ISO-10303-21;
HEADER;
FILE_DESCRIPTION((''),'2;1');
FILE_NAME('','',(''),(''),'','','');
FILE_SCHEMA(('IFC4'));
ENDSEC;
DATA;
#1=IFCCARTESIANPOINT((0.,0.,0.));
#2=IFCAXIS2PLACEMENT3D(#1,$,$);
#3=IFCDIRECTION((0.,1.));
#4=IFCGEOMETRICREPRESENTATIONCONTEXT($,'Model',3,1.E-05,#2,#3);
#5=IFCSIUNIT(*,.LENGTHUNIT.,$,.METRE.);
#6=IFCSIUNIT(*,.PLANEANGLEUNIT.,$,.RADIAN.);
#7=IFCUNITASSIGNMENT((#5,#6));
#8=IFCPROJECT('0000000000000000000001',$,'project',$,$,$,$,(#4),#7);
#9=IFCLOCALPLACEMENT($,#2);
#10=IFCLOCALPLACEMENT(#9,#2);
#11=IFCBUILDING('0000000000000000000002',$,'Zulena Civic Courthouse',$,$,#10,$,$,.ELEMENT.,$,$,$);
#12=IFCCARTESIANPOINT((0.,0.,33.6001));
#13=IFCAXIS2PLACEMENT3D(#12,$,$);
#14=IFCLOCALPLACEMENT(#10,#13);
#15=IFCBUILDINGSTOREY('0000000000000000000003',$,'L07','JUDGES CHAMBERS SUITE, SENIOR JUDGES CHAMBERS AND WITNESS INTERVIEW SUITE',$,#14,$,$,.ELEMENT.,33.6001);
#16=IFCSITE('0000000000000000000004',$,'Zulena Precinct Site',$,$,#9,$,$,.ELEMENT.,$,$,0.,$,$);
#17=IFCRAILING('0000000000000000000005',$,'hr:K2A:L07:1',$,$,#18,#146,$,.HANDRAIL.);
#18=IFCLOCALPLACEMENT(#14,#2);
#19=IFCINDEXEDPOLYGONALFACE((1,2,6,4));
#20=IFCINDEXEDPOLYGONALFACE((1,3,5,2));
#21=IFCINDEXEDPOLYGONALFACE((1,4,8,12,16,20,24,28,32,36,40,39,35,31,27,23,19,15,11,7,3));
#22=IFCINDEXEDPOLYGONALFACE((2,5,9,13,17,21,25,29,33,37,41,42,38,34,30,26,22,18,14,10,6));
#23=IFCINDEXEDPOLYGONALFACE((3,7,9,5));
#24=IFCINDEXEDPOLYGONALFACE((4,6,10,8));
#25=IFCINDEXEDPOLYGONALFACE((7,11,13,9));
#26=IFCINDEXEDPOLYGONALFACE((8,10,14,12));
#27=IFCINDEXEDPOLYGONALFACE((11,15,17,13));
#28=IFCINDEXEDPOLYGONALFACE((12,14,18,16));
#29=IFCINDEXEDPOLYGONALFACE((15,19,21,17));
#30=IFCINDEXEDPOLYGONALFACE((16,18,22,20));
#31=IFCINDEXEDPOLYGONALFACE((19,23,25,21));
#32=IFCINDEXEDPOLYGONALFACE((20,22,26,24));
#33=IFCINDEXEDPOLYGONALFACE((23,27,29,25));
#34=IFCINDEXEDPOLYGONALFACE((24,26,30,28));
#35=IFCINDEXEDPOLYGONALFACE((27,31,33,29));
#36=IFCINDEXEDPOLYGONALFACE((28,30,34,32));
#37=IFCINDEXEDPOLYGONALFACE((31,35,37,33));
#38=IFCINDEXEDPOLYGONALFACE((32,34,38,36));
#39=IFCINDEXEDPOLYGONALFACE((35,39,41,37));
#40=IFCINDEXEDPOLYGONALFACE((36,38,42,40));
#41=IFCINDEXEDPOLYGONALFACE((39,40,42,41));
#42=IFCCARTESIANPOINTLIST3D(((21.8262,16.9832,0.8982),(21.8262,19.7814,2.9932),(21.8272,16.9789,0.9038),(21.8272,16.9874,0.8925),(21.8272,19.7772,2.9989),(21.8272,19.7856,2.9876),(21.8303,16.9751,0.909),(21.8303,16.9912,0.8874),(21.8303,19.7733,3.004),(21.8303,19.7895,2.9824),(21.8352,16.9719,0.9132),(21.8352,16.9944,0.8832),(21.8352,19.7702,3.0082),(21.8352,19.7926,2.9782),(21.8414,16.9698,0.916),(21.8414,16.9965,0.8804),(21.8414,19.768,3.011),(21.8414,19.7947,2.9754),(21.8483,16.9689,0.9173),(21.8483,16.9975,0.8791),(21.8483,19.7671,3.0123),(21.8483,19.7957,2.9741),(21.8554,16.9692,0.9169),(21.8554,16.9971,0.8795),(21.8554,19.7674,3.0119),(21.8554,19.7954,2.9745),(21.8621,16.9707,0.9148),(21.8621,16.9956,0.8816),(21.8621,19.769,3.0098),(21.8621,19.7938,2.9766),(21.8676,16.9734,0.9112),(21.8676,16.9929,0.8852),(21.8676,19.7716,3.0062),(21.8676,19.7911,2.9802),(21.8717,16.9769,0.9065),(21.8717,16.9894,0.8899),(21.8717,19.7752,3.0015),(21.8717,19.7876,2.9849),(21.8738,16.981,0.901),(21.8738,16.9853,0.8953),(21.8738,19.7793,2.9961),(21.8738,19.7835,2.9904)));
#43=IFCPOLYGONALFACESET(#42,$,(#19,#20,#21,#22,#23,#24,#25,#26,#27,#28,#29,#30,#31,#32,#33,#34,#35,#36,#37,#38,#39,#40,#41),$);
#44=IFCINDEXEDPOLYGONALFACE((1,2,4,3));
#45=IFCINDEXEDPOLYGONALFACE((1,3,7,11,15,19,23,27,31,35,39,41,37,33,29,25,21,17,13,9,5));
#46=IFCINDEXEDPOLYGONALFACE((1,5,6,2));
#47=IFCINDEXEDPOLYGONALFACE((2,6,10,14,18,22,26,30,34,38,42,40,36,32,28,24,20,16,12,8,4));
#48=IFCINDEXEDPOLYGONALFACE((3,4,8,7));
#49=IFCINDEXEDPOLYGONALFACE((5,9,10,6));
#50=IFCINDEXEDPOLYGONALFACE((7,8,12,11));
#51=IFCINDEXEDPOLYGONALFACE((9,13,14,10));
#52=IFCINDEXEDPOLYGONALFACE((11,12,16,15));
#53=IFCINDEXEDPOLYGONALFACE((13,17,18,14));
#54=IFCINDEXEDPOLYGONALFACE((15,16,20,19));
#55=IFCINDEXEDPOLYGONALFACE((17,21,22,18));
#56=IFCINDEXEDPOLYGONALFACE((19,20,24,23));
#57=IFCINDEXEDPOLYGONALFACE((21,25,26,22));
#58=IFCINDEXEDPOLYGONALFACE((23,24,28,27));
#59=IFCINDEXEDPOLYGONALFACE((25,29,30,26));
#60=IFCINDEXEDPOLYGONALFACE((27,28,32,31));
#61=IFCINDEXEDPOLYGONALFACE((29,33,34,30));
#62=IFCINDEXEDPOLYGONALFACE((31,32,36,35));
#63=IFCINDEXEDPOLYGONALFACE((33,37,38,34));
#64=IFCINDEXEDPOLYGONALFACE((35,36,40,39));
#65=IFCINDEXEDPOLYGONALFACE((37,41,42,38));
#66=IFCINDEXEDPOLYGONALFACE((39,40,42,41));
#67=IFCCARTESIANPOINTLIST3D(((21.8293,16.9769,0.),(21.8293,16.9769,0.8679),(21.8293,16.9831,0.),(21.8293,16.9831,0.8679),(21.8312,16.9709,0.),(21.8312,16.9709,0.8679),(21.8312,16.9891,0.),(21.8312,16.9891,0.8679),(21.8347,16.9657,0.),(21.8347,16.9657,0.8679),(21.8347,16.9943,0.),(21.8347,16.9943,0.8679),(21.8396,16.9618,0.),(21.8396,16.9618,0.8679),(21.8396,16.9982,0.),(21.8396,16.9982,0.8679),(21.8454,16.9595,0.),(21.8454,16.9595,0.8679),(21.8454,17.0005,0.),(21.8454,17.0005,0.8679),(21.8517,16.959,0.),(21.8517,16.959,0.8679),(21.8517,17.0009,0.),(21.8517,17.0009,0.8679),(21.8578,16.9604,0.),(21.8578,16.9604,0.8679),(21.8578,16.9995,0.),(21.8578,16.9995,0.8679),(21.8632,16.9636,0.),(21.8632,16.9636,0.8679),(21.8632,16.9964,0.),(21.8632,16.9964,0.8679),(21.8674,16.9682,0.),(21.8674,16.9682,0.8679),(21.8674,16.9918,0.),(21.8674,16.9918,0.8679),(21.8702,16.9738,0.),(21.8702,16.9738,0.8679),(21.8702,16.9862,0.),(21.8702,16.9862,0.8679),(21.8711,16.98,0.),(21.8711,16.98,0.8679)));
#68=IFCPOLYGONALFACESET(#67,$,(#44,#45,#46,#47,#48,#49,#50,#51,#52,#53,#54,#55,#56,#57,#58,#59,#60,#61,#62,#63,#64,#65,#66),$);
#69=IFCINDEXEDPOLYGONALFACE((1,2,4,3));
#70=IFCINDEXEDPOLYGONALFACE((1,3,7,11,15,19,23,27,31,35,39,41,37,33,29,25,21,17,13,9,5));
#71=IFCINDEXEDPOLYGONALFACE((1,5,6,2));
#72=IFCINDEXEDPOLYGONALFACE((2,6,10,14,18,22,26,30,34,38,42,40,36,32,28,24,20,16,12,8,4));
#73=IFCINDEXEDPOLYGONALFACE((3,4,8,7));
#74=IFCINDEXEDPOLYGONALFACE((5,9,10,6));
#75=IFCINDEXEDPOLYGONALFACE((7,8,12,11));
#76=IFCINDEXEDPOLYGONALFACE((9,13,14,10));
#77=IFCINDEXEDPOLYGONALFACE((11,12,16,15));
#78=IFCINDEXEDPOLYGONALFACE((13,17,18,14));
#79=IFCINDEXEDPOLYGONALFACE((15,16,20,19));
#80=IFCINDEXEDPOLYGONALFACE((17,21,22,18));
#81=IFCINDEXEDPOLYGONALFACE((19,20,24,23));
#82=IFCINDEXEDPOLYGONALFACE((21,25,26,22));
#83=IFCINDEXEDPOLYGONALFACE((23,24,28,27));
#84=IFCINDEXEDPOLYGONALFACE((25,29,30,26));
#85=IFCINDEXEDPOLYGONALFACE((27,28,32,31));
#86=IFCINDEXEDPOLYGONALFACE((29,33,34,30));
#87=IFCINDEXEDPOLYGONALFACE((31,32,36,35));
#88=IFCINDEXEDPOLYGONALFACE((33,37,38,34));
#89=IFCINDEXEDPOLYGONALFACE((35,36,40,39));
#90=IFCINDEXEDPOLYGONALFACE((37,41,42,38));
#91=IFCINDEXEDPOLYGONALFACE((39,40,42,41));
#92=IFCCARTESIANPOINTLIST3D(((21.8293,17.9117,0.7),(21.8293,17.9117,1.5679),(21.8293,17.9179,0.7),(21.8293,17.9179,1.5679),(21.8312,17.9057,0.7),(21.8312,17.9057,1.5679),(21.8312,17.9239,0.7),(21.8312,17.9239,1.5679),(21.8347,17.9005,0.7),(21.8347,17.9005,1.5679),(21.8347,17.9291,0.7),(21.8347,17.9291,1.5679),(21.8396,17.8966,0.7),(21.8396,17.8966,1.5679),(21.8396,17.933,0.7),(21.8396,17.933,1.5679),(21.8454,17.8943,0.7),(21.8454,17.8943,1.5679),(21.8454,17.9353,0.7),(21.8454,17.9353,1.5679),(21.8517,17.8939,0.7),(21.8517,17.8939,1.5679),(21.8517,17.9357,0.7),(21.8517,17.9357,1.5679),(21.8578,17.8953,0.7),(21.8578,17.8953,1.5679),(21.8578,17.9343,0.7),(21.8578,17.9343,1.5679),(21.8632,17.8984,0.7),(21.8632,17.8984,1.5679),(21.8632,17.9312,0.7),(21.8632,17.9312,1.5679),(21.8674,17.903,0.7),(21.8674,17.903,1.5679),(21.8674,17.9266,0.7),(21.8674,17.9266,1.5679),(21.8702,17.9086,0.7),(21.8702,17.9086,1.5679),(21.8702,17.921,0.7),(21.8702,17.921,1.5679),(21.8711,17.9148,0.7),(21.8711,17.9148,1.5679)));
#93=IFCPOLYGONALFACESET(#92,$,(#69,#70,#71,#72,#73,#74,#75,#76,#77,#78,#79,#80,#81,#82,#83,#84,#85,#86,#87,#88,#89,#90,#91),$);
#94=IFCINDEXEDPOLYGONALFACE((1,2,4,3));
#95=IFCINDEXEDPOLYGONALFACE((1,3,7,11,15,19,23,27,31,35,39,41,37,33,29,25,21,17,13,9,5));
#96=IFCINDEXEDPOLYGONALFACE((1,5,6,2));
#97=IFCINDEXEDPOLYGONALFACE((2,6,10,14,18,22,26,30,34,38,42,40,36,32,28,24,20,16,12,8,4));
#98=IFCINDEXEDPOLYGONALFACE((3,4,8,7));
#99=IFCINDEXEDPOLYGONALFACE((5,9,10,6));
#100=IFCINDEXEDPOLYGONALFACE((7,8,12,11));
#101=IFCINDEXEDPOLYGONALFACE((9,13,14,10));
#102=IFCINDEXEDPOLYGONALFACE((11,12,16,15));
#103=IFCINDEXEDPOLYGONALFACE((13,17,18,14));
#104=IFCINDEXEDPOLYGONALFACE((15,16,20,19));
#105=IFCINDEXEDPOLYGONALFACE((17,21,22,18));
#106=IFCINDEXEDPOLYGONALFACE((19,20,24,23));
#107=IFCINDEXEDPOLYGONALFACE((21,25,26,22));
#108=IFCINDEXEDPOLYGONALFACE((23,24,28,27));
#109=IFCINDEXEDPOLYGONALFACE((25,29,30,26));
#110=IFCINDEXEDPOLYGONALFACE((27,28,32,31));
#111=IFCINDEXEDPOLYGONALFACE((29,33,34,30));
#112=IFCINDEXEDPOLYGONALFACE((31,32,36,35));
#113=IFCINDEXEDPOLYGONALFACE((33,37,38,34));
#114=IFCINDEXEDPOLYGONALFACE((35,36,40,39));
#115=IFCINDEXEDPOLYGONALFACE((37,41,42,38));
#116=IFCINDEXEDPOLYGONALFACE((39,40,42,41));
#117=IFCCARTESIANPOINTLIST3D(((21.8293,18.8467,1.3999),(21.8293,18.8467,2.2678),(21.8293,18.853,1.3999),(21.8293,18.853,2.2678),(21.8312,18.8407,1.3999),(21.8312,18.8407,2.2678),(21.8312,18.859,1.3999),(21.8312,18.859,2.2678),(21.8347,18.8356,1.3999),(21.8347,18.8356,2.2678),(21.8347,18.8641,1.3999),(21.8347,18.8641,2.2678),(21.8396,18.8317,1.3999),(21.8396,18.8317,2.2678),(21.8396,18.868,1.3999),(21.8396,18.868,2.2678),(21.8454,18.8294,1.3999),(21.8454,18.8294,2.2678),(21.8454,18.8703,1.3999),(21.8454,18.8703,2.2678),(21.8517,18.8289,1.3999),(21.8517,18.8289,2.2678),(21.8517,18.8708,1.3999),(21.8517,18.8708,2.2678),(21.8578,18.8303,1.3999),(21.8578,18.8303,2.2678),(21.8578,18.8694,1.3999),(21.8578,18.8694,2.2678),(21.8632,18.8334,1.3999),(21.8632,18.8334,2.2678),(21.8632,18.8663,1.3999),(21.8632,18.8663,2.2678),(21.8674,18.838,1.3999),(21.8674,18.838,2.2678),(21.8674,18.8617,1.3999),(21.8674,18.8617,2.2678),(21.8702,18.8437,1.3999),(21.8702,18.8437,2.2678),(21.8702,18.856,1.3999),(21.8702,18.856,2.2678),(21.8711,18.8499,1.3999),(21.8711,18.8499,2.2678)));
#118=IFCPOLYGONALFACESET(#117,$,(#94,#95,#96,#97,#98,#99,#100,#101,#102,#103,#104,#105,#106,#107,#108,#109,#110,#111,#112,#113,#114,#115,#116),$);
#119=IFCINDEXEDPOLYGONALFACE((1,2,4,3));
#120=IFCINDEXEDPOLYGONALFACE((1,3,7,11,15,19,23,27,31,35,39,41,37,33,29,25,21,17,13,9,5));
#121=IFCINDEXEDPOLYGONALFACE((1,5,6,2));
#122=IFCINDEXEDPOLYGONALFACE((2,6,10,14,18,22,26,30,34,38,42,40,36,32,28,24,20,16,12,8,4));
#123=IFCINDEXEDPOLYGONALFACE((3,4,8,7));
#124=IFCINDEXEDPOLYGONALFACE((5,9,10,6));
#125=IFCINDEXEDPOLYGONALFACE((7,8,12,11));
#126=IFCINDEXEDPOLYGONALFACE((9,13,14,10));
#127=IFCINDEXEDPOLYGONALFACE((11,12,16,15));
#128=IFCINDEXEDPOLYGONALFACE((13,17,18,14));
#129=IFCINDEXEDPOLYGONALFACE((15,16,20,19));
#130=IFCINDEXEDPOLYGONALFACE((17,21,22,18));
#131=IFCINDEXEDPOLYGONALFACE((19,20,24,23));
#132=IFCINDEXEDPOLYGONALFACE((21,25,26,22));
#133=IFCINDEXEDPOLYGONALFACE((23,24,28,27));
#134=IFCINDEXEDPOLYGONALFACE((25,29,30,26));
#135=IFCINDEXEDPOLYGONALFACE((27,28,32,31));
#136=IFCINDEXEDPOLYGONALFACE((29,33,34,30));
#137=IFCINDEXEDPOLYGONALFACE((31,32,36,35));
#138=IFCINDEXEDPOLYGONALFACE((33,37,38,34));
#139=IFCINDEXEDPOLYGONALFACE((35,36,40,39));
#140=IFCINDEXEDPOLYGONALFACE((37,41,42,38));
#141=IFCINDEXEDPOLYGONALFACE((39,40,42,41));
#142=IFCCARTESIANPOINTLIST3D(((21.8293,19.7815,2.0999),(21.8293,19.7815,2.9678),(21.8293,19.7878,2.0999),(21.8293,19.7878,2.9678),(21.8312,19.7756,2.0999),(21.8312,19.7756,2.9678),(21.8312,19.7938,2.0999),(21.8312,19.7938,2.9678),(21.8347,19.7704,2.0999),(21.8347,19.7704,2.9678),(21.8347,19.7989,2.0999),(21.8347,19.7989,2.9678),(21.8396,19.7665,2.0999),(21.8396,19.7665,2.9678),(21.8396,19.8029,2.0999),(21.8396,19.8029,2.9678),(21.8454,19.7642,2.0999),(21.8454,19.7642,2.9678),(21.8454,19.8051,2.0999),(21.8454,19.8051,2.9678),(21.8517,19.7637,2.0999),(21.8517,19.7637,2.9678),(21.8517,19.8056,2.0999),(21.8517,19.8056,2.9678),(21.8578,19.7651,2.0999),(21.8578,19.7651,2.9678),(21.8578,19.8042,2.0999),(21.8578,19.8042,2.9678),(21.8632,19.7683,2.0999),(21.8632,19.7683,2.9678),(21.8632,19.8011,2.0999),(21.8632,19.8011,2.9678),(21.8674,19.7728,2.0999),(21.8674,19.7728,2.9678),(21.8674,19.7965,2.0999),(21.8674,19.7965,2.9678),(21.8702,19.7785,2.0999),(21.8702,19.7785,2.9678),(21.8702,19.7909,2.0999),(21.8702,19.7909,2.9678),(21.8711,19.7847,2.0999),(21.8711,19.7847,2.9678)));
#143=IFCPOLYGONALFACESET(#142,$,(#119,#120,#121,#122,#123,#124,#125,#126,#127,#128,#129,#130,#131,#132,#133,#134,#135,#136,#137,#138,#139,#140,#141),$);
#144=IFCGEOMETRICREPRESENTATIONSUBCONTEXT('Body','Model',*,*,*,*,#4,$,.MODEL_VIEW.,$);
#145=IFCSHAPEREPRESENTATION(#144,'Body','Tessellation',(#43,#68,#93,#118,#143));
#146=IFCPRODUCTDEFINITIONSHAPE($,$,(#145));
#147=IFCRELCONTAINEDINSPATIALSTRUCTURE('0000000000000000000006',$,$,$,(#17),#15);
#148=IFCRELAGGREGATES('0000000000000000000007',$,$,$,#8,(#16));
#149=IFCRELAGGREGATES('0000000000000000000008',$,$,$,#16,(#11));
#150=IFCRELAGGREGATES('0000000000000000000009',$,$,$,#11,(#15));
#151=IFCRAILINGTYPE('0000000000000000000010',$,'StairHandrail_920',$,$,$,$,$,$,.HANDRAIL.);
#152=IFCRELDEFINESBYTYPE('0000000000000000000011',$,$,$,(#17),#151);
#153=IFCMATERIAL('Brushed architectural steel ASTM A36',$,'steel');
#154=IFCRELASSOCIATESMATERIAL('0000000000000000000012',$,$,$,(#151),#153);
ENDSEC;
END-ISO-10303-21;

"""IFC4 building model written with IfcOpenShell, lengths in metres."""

from ifc_helpers import new_model, si_unit, direction, frame, origin, origin_2d, place, context, subcontext, project, spatial, circle, extrude, material, type_object, element, save


model = new_model("IFC4")

# Units and contexts
model_context = context("Model", 3, precision=1e-05, world=origin(), true_north=direction((0.0, 1.0)))
body_context = subcontext(model_context, "Body", "Model", "MODEL_VIEW")
ifc_project = project(units=[si_unit("LENGTHUNIT", "METRE"), si_unit("PLANEANGLEUNIT", "RADIAN")], contexts=[model_context])

# Site, building, storey
site_placement = place(None, origin())
site = spatial("IfcSite", under=ifc_project, at=site_placement, Name="Zulena Precinct Site", CompositionType="ELEMENT", RefElevation=0.0)
building_placement = place(site_placement, origin())
building = spatial("IfcBuilding", under=site, at=building_placement, Name="Zulena Civic Courthouse", CompositionType="ELEMENT")
storey_placement = place(building_placement, frame((0.0, 0.0, 33.6001)))
storey = spatial("IfcBuildingStorey", under=building, at=storey_placement, Name="L07", Description="JUDGES CHAMBERS SUITE, SENIOR JUDGES CHAMBERS AND WITNESS INTERVIEW SUITE", CompositionType="ELEMENT", Elevation=33.6001)

# Railing
ifc_material_1 = material(Name="Brushed architectural steel ASTM A36", Category="steel")
railing_type_1 = type_object("IfcRailingType", Name="StairHandrail_920", PredefinedType="HANDRAIL", material=ifc_material_1)
railing_1_placement = place(storey_placement, frame((21.8501, 16.98, 0.0)))
element("IfcRailing", 1, at=railing_1_placement, inside=storey, type_object=railing_type_1, Name="hr:K2A:L07:1", PredefinedType="HANDRAIL", context=body_context, shape_type="SweptSolid", body=[
    extrude(circle(Radius=0.0239, at=origin_2d()), frame((0.0, 0.0032, 0.8982), z_axis=(0.0, 0.800501, 0.599331), x_axis=(-1.0, 0.0, 0.0)), (0.0, 0.0, 1.0), 3.4956),
    extrude(circle(Radius=0.021, at=origin_2d()), origin(), (0.0, 0.0, 1.0), 0.8679),
    extrude(circle(Radius=0.021, at=origin_2d()), frame((0.0, 0.9348, 0.7)), (0.0, 0.0, 1.0), 0.8679),
    extrude(circle(Radius=0.021, at=origin_2d()), frame((0.0, 1.8699, 1.3999)), (0.0, 0.0, 1.0), 0.8679),
    extrude(circle(Radius=0.021, at=origin_2d()), frame((0.0, 2.8047, 2.0999)), (0.0, 0.0, 1.0), 0.8679),
])

save(model, "model.ifc")
